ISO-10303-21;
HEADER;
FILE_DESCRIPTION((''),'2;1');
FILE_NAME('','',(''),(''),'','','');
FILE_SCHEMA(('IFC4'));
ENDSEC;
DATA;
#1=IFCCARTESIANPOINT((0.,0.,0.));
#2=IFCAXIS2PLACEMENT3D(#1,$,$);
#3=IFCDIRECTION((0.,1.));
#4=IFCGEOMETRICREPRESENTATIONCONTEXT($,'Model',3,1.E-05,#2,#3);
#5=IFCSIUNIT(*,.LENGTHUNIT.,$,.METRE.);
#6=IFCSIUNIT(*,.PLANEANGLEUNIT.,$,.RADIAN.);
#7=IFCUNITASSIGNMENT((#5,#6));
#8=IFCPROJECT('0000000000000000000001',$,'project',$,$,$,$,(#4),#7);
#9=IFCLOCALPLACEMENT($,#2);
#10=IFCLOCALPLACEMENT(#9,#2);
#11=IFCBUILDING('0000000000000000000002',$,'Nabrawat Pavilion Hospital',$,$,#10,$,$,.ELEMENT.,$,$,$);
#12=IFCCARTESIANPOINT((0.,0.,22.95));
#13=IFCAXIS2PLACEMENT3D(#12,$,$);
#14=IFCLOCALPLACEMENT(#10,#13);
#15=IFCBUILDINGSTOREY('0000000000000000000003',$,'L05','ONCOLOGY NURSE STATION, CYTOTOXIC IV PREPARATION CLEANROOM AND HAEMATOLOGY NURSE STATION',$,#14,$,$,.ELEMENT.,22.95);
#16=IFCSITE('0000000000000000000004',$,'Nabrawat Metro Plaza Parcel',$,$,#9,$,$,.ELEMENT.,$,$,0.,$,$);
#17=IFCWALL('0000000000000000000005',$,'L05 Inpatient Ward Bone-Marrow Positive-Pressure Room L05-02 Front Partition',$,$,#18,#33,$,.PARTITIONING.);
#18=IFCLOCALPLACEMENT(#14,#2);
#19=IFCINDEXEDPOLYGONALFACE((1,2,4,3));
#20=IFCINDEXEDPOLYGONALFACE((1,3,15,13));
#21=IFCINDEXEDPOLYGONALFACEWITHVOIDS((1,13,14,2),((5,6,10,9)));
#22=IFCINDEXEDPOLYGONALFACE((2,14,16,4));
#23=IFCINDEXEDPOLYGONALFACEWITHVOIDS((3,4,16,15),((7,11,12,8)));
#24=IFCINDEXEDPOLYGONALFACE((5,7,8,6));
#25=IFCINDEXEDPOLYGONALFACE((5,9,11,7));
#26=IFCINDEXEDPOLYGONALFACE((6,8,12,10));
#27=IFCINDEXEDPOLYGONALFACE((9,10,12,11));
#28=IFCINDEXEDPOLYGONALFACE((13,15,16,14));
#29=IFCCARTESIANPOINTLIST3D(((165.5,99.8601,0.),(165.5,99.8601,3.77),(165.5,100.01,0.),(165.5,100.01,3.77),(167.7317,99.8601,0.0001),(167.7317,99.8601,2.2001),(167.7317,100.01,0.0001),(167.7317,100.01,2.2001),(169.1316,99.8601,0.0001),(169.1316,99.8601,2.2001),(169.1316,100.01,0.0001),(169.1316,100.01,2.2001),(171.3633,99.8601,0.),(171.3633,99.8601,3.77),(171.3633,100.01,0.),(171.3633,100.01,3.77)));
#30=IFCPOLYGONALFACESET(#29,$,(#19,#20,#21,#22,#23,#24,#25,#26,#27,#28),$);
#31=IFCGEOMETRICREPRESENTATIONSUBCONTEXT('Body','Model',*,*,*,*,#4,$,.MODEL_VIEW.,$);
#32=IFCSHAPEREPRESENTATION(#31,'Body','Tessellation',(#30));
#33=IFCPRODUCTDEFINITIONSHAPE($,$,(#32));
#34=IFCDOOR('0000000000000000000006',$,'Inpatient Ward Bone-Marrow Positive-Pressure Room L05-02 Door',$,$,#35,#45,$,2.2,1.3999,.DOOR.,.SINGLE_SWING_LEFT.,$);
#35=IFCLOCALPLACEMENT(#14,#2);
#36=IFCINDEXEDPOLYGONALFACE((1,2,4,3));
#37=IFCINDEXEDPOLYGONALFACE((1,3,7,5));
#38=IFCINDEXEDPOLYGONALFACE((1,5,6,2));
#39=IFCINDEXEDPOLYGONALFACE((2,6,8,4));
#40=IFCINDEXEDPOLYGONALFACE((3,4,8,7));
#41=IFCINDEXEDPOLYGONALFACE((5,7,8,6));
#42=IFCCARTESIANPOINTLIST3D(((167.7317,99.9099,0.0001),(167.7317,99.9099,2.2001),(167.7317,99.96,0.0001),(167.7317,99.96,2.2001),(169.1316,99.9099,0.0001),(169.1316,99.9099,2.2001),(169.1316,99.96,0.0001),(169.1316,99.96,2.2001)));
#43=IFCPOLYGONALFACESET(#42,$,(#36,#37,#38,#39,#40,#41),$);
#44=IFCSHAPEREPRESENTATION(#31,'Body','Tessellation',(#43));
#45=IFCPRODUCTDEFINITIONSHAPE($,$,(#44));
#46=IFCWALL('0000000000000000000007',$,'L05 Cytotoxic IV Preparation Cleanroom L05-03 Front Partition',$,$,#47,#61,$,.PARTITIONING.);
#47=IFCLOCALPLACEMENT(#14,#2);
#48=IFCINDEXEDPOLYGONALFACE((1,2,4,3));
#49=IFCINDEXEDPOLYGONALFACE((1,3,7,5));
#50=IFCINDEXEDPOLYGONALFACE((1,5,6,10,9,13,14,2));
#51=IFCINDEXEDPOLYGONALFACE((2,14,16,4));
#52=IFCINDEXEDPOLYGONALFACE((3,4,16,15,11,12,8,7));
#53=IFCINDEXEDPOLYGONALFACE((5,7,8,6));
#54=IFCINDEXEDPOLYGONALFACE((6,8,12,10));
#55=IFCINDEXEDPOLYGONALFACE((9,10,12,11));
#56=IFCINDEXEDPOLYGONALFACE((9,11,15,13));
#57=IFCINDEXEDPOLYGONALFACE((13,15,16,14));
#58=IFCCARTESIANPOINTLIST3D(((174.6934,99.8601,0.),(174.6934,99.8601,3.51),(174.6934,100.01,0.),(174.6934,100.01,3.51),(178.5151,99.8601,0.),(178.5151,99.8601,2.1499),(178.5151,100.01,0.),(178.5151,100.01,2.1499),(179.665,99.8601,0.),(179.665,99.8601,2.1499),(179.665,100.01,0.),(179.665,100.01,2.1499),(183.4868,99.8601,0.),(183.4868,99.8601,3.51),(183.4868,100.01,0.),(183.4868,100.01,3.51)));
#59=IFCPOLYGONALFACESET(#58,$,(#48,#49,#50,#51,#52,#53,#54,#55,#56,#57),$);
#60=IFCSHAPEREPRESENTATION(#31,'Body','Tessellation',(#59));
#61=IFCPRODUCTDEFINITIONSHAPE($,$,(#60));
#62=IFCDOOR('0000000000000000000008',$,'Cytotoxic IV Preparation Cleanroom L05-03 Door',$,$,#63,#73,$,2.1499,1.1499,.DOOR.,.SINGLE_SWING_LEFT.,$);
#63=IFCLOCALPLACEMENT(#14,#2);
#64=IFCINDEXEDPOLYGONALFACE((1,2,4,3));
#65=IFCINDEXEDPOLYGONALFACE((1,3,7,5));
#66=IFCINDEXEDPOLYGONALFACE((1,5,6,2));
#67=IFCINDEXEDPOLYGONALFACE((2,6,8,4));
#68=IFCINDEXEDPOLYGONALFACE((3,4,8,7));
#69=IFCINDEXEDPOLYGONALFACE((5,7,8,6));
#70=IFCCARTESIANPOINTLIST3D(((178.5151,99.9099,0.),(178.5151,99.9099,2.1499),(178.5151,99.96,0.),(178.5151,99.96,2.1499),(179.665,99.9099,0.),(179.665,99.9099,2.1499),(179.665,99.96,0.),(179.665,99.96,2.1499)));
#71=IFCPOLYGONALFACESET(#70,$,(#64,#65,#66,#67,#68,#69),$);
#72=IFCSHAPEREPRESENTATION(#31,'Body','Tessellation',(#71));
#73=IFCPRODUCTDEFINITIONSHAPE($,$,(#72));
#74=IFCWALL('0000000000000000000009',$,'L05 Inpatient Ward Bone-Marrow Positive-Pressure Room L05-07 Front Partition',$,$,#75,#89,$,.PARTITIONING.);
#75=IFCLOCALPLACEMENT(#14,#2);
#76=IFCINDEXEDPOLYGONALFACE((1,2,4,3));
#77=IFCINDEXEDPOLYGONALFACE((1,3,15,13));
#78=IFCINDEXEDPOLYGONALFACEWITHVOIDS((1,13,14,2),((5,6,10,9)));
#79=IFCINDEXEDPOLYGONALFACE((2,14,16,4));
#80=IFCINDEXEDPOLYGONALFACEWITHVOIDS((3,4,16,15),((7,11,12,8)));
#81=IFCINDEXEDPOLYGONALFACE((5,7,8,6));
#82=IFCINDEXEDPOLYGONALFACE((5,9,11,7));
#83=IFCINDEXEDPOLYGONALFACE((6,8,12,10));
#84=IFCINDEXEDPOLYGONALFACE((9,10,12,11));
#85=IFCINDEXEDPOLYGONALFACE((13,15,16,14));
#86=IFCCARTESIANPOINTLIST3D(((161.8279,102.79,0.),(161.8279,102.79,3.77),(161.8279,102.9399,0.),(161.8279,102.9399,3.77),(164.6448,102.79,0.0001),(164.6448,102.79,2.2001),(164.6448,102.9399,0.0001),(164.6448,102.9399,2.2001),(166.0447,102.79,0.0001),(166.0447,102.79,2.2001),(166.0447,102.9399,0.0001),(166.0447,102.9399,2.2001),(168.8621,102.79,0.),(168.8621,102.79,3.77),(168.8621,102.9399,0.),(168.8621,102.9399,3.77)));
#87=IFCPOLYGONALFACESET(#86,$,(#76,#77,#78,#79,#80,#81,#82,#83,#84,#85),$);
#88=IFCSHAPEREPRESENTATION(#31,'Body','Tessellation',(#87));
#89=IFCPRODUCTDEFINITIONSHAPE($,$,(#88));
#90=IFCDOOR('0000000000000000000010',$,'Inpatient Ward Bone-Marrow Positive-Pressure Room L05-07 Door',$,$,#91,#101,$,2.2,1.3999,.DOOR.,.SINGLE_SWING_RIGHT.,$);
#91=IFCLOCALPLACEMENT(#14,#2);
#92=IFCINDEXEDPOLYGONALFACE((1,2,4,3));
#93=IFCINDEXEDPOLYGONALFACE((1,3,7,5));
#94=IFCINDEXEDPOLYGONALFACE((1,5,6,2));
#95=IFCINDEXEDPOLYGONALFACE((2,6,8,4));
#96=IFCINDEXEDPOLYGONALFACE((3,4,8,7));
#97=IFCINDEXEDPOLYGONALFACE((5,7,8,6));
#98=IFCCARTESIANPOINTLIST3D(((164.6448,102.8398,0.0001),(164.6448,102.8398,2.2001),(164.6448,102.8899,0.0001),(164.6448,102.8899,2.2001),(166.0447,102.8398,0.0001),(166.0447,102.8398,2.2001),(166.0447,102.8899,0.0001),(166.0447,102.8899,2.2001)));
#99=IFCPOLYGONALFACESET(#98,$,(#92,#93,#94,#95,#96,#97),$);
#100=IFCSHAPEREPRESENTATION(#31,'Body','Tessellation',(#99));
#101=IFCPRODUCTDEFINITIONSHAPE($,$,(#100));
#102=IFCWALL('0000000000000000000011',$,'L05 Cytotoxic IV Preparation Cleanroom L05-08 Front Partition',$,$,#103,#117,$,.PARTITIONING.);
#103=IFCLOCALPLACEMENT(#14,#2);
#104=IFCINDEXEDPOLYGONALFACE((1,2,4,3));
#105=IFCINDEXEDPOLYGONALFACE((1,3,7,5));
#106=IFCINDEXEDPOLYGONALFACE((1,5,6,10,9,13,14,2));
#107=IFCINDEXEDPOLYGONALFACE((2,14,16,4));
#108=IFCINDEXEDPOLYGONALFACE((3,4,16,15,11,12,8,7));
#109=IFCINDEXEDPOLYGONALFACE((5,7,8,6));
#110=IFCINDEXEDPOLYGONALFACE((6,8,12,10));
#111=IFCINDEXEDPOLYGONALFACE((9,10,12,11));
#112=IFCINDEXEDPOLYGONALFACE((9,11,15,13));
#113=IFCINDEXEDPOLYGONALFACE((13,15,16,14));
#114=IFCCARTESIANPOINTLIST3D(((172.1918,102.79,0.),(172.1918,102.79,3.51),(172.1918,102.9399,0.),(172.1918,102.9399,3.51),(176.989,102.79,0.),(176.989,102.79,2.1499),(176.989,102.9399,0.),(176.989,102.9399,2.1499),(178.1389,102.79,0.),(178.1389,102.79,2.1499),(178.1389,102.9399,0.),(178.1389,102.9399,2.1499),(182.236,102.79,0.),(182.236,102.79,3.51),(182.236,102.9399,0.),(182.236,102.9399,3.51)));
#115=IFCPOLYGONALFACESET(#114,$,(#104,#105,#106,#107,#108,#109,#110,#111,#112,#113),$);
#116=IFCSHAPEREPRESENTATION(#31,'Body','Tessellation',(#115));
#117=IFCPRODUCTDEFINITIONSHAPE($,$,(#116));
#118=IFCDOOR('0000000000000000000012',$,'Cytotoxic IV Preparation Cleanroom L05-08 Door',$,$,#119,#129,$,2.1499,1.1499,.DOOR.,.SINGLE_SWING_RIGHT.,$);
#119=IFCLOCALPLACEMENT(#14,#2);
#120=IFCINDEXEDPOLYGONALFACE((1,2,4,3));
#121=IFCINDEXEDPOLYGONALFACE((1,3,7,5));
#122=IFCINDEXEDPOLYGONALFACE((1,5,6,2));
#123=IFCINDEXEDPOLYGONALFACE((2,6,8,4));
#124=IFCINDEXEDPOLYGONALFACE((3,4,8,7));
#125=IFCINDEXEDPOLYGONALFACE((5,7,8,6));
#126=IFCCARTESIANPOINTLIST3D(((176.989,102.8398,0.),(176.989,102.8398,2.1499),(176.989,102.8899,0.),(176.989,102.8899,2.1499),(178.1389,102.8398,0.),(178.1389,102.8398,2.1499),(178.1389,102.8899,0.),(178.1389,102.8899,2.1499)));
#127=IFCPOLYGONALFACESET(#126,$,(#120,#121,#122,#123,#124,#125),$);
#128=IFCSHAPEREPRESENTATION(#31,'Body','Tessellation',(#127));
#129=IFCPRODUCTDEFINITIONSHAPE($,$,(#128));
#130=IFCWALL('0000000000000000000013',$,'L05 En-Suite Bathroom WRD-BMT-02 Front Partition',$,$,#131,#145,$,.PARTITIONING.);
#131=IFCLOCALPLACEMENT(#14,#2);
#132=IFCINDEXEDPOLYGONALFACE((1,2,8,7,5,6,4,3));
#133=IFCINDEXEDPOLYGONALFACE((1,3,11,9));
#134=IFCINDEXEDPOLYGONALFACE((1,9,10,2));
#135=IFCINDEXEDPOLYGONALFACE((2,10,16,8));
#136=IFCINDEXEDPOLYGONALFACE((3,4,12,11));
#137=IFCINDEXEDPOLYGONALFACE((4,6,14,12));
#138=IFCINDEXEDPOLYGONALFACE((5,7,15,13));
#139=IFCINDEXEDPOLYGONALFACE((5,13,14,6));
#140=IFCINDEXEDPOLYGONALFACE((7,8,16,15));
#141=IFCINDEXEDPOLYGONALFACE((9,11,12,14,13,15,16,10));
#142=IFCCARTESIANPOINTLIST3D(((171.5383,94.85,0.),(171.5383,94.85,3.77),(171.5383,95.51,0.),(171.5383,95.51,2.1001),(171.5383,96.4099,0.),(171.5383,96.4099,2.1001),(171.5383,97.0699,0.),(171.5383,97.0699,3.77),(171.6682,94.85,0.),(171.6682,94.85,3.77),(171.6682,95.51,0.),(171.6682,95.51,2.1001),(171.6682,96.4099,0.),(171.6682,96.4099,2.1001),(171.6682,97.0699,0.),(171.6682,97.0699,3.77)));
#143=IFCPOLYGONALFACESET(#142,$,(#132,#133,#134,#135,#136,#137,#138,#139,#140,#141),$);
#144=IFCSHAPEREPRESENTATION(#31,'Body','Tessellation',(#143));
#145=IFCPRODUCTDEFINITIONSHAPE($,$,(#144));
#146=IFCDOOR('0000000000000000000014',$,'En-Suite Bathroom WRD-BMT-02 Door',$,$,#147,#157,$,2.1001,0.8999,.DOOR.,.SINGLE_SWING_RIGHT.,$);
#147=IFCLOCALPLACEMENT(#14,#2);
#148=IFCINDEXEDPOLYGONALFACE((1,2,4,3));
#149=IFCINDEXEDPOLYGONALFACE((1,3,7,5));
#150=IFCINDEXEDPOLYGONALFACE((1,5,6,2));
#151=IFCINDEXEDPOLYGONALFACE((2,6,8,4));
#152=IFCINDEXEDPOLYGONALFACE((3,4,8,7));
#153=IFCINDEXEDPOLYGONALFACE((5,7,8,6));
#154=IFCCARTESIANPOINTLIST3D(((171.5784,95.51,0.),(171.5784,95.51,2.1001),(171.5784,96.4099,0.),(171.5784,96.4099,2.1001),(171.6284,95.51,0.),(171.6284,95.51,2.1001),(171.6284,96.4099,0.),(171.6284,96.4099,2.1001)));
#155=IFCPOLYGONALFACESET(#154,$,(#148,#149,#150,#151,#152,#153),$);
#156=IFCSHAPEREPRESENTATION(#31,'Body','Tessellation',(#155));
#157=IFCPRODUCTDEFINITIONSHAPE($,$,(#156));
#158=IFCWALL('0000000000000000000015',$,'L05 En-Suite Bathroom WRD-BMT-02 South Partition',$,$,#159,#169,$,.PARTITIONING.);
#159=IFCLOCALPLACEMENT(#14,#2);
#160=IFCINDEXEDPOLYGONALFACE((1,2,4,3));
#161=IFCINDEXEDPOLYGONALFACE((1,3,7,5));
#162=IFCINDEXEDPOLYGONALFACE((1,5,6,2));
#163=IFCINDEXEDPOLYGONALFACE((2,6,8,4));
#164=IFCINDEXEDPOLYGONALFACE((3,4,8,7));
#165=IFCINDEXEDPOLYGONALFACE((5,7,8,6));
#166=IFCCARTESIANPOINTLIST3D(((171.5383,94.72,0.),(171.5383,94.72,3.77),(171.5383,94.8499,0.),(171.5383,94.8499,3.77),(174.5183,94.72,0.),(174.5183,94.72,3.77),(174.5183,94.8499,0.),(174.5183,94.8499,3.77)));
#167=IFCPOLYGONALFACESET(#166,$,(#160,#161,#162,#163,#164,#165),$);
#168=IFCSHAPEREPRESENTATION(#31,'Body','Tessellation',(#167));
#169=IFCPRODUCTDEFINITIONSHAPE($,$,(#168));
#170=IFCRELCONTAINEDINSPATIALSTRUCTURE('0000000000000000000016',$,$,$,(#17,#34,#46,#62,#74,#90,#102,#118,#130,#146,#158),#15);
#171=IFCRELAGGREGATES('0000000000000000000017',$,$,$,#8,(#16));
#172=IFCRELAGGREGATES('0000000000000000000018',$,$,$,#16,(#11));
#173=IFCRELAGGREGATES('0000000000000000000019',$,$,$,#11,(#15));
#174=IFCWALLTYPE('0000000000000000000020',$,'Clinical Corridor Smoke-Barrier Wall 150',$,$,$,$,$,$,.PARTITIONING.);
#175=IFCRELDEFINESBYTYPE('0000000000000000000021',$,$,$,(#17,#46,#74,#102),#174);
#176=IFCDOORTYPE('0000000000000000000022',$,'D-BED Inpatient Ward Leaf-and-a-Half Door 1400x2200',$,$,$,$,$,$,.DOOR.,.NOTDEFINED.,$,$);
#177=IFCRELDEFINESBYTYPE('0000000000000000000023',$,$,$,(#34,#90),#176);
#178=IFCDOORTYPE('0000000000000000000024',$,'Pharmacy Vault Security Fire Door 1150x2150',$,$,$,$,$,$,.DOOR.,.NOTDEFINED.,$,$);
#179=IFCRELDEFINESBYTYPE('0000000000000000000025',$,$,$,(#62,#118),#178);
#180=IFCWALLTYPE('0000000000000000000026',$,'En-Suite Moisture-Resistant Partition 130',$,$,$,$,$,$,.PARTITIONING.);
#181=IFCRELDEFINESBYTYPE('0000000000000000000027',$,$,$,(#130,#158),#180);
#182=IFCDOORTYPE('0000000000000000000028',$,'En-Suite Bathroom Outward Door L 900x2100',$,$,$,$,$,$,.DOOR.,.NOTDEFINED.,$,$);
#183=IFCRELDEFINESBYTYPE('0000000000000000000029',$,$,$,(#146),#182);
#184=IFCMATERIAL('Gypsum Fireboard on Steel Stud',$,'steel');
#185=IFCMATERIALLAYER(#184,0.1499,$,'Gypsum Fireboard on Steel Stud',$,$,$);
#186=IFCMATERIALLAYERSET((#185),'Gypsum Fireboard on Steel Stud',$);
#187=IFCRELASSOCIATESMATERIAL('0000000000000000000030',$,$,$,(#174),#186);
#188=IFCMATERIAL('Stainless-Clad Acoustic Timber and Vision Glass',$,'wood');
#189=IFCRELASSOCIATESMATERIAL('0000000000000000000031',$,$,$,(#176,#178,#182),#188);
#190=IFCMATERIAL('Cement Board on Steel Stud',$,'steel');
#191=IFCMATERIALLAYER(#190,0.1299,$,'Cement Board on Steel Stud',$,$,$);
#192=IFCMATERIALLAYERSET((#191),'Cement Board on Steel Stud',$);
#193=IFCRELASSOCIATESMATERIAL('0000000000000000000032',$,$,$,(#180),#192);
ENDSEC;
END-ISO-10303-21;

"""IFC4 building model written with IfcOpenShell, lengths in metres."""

from ifc_helpers import new_model, si_unit, direction, frame, frame_2d, origin, place, context, subcontext, project, spatial, rectangle, extrude, material, layer, layer_set, type_object, element, fill, save


model = new_model("IFC4")

# Units and contexts
model_context = context("Model", 3, precision=1e-05, world=origin(), true_north=direction((0.0, 1.0)))
body_context = subcontext(model_context, "Body", "Model", "MODEL_VIEW")
ifc_project = project(units=[si_unit("LENGTHUNIT", "METRE"), si_unit("PLANEANGLEUNIT", "RADIAN")], contexts=[model_context])

# Site, building, storey
site_placement = place(None, origin())
site = spatial("IfcSite", under=ifc_project, at=site_placement, Name="Nabrawat Metro Plaza Parcel", CompositionType="ELEMENT", RefElevation=0.0)
building_placement = place(site_placement, origin())
building = spatial("IfcBuilding", under=site, at=building_placement, Name="Nabrawat Pavilion Hospital", CompositionType="ELEMENT")
storey_placement = place(building_placement, frame((0.0, 0.0, 22.95)))
storey = spatial("IfcBuildingStorey", under=building, at=storey_placement, Name="L05", Description="ONCOLOGY NURSE STATION, CYTOTOXIC IV PREPARATION CLEANROOM AND HAEMATOLOGY NURSE STATION", CompositionType="ELEMENT", Elevation=22.95)

# Walls, openings, doors
ifc_material_1 = material(Name="Gypsum Fireboard on Steel Stud", Category="steel")
ifc_layer_1 = layer(ifc_material_1, 0.1499, Name="Gypsum Fireboard on Steel Stud")
ifc_layer_set_1 = layer_set([ifc_layer_1], Name="Gypsum Fireboard on Steel Stud")
wall_type_1 = type_object("IfcWallType", Name="Clinical Corridor Smoke-Barrier Wall 150", PredefinedType="PARTITIONING", material=ifc_layer_set_1)
wall_1_placement = place(storey_placement, frame((165.5, 99.9351, 0.0), z_axis=(0.0, 0.0, 1.0), x_axis=(1.0, 0.0, 0.0)))
wall_1 = element("IfcWall", 1, at=wall_1_placement, inside=storey, type_object=wall_type_1, Name="L05 Inpatient Ward Bone-Marrow Positive-Pressure Room L05-02 Front Partition", PredefinedType="PARTITIONING", context=body_context, shape_type="SweptSolid", body=[
    extrude(rectangle(XDim=5.8633, YDim=0.1499, at=frame_2d((2.9316, 0.0))), origin(), (0.0, 0.0, 1.0), 3.77),
])
opening_1_placement = place(wall_1_placement, frame((2.2317, 0.0, 0.0)))
opening_1 = element("IfcOpeningElement", 2, at=opening_1_placement, cuts=wall_1, PredefinedType="OPENING", context=body_context, shape_type="SweptSolid", body=[
    extrude(rectangle(XDim=1.3999, YDim=2.2, at=frame_2d((0.7, 1.1001))), frame((0.0, 0.085, 0.0), z_axis=(0.0, -1.0, 0.0), x_axis=(1.0, 0.0, 0.0)), (0.0, 0.0, 1.0), 0.1699),
])
ifc_material_2 = material(Name="Stainless-Clad Acoustic Timber and Vision Glass", Category="wood")
door_type_1 = type_object("IfcDoorType", Name="D-BED Inpatient Ward Leaf-and-a-Half Door 1400x2200", OperationType="NOTDEFINED", PredefinedType="DOOR", material=ifc_material_2)
door_1_placement = place(opening_1_placement, origin())
door_1 = element("IfcDoor", 3, at=door_1_placement, inside=storey, type_object=door_type_1, Name="Inpatient Ward Bone-Marrow Positive-Pressure Room L05-02 Door", OperationType="SINGLE_SWING_LEFT", OverallHeight=2.2, OverallWidth=1.3999, PredefinedType="DOOR", context=body_context, shape_type="SweptSolid", body=[
    extrude(rectangle(XDim=1.3999, YDim=2.2, at=frame_2d((0.7, 1.1001))), frame((0.0, 0.0249, 0.0), z_axis=(0.0, -1.0, 0.0), x_axis=(1.0, 0.0, 0.0)), (0.0, 0.0, 1.0), 0.05),
])
fill(opening_1, door_1)
wall_2_placement = place(storey_placement, frame((174.6934, 99.9351, 0.0), z_axis=(0.0, 0.0, 1.0), x_axis=(1.0, 0.0, 0.0)))
wall_2 = element("IfcWall", 4, at=wall_2_placement, inside=storey, type_object=wall_type_1, Name="L05 Cytotoxic IV Preparation Cleanroom L05-03 Front Partition", PredefinedType="PARTITIONING", context=body_context, shape_type="SweptSolid", body=[
    extrude(rectangle(XDim=8.7935, YDim=0.1499, at=frame_2d((4.3967, 0.0))), origin(), (0.0, 0.0, 1.0), 3.51),
])
opening_2_placement = place(wall_2_placement, frame((3.8218, 0.0, 0.0)))
opening_2 = element("IfcOpeningElement", 5, at=opening_2_placement, cuts=wall_2, PredefinedType="OPENING", context=body_context, shape_type="SweptSolid", body=[
    extrude(rectangle(XDim=1.1499, YDim=2.1499, at=frame_2d((0.575, 1.075))), frame((0.0, 0.085, 0.0), z_axis=(0.0, -1.0, 0.0), x_axis=(1.0, 0.0, 0.0)), (0.0, 0.0, 1.0), 0.1699),
])
door_type_2 = type_object("IfcDoorType", Name="Pharmacy Vault Security Fire Door 1150x2150", OperationType="NOTDEFINED", PredefinedType="DOOR", material=ifc_material_2)
door_2_placement = place(opening_2_placement, origin())
door_2 = element("IfcDoor", 6, at=door_2_placement, inside=storey, type_object=door_type_2, Name="Cytotoxic IV Preparation Cleanroom L05-03 Door", OperationType="SINGLE_SWING_LEFT", OverallHeight=2.1499, OverallWidth=1.1499, PredefinedType="DOOR", context=body_context, shape_type="SweptSolid", body=[
    extrude(rectangle(XDim=1.1499, YDim=2.1499, at=frame_2d((0.575, 1.075))), frame((0.0, 0.0249, 0.0), z_axis=(0.0, -1.0, 0.0), x_axis=(1.0, 0.0, 0.0)), (0.0, 0.0, 1.0), 0.05),
])
fill(opening_2, door_2)
wall_3_placement = place(storey_placement, frame((161.8279, 102.865, 0.0), z_axis=(0.0, 0.0, 1.0), x_axis=(1.0, 0.0, 0.0)))
wall_3 = element("IfcWall", 7, at=wall_3_placement, inside=storey, type_object=wall_type_1, Name="L05 Inpatient Ward Bone-Marrow Positive-Pressure Room L05-07 Front Partition", PredefinedType="PARTITIONING", context=body_context, shape_type="SweptSolid", body=[
    extrude(rectangle(XDim=7.0342, YDim=0.1499, at=frame_2d((3.5171, 0.0))), origin(), (0.0, 0.0, 1.0), 3.77),
])
opening_3_placement = place(wall_3_placement, frame((2.8169, 0.0, 0.0)))
opening_3 = element("IfcOpeningElement", 8, at=opening_3_placement, cuts=wall_3, PredefinedType="OPENING", context=body_context, shape_type="SweptSolid", body=[
    extrude(rectangle(XDim=1.3999, YDim=2.2, at=frame_2d((0.7, 1.1001))), frame((0.0, 0.085, 0.0), z_axis=(0.0, -1.0, 0.0), x_axis=(1.0, 0.0, 0.0)), (0.0, 0.0, 1.0), 0.1699),
])
door_3_placement = place(opening_3_placement, origin())
door_3 = element("IfcDoor", 9, at=door_3_placement, inside=storey, type_object=door_type_1, Name="Inpatient Ward Bone-Marrow Positive-Pressure Room L05-07 Door", OperationType="SINGLE_SWING_RIGHT", OverallHeight=2.2, OverallWidth=1.3999, PredefinedType="DOOR", context=body_context, shape_type="SweptSolid", body=[
    extrude(rectangle(XDim=1.3999, YDim=2.2, at=frame_2d((0.7, 1.1001))), frame((0.0, 0.0249, 0.0), z_axis=(0.0, -1.0, 0.0), x_axis=(1.0, 0.0, 0.0)), (0.0, 0.0, 1.0), 0.05),
])
fill(opening_3, door_3)
wall_4_placement = place(storey_placement, frame((172.1919, 102.865, 0.0), z_axis=(0.0, 0.0, 1.0), x_axis=(1.0, 0.0, 0.0)))
wall_4 = element("IfcWall", 10, at=wall_4_placement, inside=storey, type_object=wall_type_1, Name="L05 Cytotoxic IV Preparation Cleanroom L05-08 Front Partition", PredefinedType="PARTITIONING", context=body_context, shape_type="SweptSolid", body=[
    extrude(rectangle(XDim=10.0442, YDim=0.1499, at=frame_2d((5.022, 0.0))), origin(), (0.0, 0.0, 1.0), 3.51),
])
opening_4_placement = place(wall_4_placement, frame((4.7971, 0.0, 0.0)))
opening_4 = element("IfcOpeningElement", 11, at=opening_4_placement, cuts=wall_4, PredefinedType="OPENING", context=body_context, shape_type="SweptSolid", body=[
    extrude(rectangle(XDim=1.1499, YDim=2.1499, at=frame_2d((0.575, 1.075))), frame((0.0, 0.085, 0.0), z_axis=(0.0, -1.0, 0.0), x_axis=(1.0, 0.0, 0.0)), (0.0, 0.0, 1.0), 0.1699),
])
door_4_placement = place(opening_4_placement, origin())
door_4 = element("IfcDoor", 12, at=door_4_placement, inside=storey, type_object=door_type_2, Name="Cytotoxic IV Preparation Cleanroom L05-08 Door", OperationType="SINGLE_SWING_RIGHT", OverallHeight=2.1499, OverallWidth=1.1499, PredefinedType="DOOR", context=body_context, shape_type="SweptSolid", body=[
    extrude(rectangle(XDim=1.1499, YDim=2.1499, at=frame_2d((0.575, 1.075))), frame((0.0, 0.0249, 0.0), z_axis=(0.0, -1.0, 0.0), x_axis=(1.0, 0.0, 0.0)), (0.0, 0.0, 1.0), 0.05),
])
fill(opening_4, door_4)
ifc_material_3 = material(Name="Cement Board on Steel Stud", Category="steel")
ifc_layer_2 = layer(ifc_material_3, 0.1299, Name="Cement Board on Steel Stud")
ifc_layer_set_2 = layer_set([ifc_layer_2], Name="Cement Board on Steel Stud")
wall_type_2 = type_object("IfcWallType", Name="En-Suite Moisture-Resistant Partition 130", PredefinedType="PARTITIONING", material=ifc_layer_set_2)
wall_5_placement = place(storey_placement, frame((171.6033, 94.8501, 0.0), z_axis=(0.0, 0.0, 1.0), x_axis=(0.0, 1.0, 0.0)))
wall_5 = element("IfcWall", 13, at=wall_5_placement, inside=storey, type_object=wall_type_2, Name="L05 En-Suite Bathroom WRD-BMT-02 Front Partition", PredefinedType="PARTITIONING", context=body_context, shape_type="SweptSolid", body=[
    extrude(rectangle(XDim=2.22, YDim=0.1299, at=frame_2d((1.1099, 0.0))), origin(), (0.0, 0.0, 1.0), 3.77),
])
opening_5_placement = place(wall_5_placement, frame((0.6599, 0.0, 0.0)))
opening_5 = element("IfcOpeningElement", 14, at=opening_5_placement, cuts=wall_5, PredefinedType="OPENING", context=body_context, shape_type="SweptSolid", body=[
    extrude(rectangle(XDim=0.8999, YDim=2.1001, at=frame_2d((0.45, 1.05))), frame((0.0, 0.075, 0.0), z_axis=(0.0, -1.0, 0.0), x_axis=(1.0, 0.0, 0.0)), (0.0, 0.0, 1.0), 0.1499),
])
door_type_3 = type_object("IfcDoorType", Name="En-Suite Bathroom Outward Door L 900x2100", OperationType="NOTDEFINED", PredefinedType="DOOR", material=ifc_material_2)
door_5_placement = place(opening_5_placement, origin())
door_5 = element("IfcDoor", 15, at=door_5_placement, inside=storey, type_object=door_type_3, Name="En-Suite Bathroom WRD-BMT-02 Door", OperationType="SINGLE_SWING_RIGHT", OverallHeight=2.1001, OverallWidth=0.8999, PredefinedType="DOOR", context=body_context, shape_type="SweptSolid", body=[
    extrude(rectangle(XDim=0.8999, YDim=2.1001, at=frame_2d((0.45, 1.05))), frame((0.0, 0.0249, 0.0), z_axis=(0.0, -1.0, 0.0), x_axis=(1.0, 0.0, 0.0)), (0.0, 0.0, 1.0), 0.05),
])
fill(opening_5, door_5)

# Wall
for number, where, z_axis, x_axis, name in (
    (16, (171.5383, 94.7849, 0.0), (0.0, 0.0, 1.0), (1.0, 0.0, 0.0), "L05 En-Suite Bathroom WRD-BMT-02 South Partition"),
):
    element("IfcWall", number, at=place(storey_placement, frame(where, z_axis=z_axis, x_axis=x_axis)), inside=storey, type_object=wall_type_2, Name=name, PredefinedType="PARTITIONING", context=body_context, shape_type="SweptSolid", body=[
        extrude(rectangle(XDim=2.98, YDim=0.1299, at=frame_2d((1.49, 0.0))), origin(), (0.0, 0.0, 1.0), 3.77),
    ])

save(model, "model.ifc")
